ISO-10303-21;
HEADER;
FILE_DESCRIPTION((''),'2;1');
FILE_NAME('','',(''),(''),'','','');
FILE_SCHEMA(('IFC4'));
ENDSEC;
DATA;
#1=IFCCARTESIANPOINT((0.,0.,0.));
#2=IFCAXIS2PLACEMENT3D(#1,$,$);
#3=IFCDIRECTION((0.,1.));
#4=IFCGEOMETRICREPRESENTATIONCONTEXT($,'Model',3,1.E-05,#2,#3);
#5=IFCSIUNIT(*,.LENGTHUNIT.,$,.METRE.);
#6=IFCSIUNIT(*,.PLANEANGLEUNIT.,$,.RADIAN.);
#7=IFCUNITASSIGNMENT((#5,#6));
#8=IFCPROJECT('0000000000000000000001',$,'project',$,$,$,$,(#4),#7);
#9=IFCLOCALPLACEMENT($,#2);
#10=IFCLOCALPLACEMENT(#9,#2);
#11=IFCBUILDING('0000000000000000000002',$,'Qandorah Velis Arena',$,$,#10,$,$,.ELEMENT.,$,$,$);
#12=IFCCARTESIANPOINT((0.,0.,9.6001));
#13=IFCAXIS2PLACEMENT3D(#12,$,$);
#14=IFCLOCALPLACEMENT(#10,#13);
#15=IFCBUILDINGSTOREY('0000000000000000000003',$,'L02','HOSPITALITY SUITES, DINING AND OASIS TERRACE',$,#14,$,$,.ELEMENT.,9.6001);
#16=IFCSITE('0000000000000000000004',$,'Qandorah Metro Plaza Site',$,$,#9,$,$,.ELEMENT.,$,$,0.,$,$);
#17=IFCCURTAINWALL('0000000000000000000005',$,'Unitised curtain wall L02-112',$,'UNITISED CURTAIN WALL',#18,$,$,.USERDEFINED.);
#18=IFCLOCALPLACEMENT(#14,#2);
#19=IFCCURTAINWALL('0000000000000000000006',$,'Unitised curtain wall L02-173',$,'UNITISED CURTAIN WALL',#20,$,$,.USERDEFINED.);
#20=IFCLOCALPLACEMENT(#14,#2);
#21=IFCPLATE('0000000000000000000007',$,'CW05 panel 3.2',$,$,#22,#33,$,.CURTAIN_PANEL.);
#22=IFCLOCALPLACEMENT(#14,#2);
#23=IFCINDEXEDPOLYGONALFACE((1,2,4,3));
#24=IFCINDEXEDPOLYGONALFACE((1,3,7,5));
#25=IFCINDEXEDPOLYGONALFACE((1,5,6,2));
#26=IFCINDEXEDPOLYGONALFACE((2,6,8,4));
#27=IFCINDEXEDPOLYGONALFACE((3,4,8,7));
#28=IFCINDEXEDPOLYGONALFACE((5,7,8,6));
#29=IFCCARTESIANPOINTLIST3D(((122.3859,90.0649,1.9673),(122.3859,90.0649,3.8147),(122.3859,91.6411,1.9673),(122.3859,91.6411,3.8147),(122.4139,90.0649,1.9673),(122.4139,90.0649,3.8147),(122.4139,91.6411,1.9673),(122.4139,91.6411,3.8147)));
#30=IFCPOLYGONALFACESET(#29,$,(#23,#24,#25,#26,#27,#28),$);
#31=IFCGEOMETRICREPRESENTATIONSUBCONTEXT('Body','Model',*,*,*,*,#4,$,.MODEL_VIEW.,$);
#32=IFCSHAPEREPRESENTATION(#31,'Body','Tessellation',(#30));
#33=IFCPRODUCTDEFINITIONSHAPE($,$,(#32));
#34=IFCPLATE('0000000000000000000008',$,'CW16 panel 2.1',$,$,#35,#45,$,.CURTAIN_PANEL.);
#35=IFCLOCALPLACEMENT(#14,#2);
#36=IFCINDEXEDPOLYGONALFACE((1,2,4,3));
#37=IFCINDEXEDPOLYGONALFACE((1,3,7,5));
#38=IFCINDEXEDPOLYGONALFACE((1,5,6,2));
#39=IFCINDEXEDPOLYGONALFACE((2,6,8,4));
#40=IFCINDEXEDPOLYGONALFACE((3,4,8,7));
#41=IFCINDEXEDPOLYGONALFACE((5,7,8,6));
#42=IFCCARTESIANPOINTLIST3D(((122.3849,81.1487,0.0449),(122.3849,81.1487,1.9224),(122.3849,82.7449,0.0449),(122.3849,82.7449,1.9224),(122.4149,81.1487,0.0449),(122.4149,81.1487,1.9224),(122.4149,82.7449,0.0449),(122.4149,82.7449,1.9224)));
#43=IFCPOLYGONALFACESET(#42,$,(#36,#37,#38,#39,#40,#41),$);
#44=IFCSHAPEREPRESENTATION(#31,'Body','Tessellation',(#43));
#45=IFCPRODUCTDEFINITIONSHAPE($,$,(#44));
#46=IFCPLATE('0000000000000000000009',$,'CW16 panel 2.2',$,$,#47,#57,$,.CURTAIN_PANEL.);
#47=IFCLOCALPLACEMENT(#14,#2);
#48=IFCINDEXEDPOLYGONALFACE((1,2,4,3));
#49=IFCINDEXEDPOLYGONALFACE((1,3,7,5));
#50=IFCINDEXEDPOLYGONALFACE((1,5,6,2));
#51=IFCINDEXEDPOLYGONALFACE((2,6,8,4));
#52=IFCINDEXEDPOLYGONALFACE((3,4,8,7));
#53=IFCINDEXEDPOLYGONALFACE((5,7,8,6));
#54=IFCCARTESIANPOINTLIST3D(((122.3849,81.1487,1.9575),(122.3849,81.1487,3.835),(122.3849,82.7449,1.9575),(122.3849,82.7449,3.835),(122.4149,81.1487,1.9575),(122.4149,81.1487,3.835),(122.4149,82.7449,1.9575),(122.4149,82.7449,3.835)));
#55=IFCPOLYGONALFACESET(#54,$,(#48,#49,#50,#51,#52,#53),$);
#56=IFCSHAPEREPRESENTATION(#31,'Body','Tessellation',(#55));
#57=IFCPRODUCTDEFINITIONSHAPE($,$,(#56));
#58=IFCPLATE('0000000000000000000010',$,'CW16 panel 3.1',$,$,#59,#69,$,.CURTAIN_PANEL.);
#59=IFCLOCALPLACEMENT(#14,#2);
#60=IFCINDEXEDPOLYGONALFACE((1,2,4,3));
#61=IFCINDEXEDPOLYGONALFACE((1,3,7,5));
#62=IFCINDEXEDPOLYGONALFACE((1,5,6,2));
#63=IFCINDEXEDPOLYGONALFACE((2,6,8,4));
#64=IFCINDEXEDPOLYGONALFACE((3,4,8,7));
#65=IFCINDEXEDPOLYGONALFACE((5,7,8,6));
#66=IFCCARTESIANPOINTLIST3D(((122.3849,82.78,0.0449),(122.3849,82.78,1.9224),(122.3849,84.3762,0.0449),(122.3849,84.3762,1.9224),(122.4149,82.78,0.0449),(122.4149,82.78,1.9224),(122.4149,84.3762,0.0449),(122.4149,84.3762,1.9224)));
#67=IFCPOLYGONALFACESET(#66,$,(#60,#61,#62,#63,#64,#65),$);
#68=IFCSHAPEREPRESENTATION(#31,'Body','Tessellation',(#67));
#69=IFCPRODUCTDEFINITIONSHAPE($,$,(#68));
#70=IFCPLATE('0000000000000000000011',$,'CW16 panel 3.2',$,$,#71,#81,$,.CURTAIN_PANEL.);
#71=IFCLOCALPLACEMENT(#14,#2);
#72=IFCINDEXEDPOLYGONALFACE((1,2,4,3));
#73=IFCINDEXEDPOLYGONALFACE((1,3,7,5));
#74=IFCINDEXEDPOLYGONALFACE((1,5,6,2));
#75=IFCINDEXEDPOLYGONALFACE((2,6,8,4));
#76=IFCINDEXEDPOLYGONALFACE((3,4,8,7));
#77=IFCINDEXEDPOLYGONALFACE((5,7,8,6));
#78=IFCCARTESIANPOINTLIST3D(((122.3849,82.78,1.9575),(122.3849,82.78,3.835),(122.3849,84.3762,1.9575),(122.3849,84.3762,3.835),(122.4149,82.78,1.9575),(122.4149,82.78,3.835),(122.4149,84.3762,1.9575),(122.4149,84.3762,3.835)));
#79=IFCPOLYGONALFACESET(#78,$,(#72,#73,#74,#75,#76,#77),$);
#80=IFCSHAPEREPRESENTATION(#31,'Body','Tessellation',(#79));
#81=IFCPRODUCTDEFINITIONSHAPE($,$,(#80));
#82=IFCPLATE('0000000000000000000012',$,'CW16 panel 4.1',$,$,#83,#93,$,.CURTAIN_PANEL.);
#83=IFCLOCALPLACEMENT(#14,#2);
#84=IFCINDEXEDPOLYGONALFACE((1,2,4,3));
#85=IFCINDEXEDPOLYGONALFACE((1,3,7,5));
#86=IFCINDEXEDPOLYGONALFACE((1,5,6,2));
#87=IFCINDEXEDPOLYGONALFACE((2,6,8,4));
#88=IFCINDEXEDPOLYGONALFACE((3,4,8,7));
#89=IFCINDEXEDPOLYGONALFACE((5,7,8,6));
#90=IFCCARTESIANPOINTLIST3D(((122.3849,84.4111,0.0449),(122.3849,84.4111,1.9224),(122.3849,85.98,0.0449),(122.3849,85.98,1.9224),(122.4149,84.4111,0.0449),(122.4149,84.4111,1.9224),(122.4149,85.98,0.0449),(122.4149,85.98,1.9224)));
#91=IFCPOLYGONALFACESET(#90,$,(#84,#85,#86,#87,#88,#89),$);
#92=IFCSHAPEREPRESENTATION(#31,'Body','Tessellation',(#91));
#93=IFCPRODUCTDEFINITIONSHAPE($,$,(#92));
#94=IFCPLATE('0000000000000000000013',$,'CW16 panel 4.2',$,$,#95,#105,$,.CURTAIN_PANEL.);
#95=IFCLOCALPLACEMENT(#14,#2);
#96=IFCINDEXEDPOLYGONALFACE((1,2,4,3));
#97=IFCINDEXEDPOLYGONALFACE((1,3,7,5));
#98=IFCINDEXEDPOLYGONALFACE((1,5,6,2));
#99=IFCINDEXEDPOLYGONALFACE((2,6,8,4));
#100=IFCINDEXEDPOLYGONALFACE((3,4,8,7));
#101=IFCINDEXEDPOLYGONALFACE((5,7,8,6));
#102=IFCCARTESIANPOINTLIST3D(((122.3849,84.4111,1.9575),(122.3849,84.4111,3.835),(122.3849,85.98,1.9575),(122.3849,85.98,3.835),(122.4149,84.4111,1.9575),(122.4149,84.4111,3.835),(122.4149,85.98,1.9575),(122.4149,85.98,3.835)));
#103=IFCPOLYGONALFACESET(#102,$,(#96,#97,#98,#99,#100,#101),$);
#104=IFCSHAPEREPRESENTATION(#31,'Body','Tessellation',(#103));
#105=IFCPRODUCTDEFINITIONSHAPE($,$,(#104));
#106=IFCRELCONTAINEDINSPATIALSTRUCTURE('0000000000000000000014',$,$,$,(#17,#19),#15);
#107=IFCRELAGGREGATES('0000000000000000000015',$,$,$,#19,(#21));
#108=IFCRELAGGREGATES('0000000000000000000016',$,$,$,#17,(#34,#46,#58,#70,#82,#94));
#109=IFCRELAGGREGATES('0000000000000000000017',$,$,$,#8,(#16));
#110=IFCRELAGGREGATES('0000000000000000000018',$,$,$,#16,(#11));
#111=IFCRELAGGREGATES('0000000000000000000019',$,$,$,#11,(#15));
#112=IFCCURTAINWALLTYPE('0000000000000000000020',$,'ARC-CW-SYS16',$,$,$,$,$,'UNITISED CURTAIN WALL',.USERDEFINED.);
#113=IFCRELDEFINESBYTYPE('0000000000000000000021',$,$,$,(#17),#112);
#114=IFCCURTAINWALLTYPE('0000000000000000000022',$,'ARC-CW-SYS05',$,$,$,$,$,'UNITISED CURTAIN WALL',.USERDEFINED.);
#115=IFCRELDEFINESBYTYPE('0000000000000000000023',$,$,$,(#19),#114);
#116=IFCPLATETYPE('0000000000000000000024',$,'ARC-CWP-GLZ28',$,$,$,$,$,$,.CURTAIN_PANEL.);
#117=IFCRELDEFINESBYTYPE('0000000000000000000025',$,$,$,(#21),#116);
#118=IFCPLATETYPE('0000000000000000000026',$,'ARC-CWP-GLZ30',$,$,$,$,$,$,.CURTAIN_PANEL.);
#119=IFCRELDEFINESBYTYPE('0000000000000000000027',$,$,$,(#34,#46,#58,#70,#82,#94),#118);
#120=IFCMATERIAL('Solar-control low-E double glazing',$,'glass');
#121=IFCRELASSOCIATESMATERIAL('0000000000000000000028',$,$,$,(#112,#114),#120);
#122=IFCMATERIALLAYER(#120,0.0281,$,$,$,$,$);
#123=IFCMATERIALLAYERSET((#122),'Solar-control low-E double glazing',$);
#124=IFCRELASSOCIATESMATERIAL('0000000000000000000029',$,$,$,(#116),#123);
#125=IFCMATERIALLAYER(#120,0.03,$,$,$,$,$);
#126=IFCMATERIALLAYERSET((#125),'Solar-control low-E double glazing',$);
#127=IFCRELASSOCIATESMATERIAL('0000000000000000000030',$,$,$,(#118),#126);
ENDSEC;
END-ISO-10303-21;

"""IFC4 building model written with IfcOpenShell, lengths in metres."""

from ifc_helpers import new_model, si_unit, direction, frame, origin, origin_2d, place, context, subcontext, project, spatial, rectangle, extrude, material, layer, layer_set, type_object, element, aggregate, save


model = new_model("IFC4")

# Units and contexts
model_context = context("Model", 3, precision=1e-05, world=origin(), true_north=direction((0.0, 1.0)))
body_context = subcontext(model_context, "Body", "Model", "MODEL_VIEW")
ifc_project = project(units=[si_unit("LENGTHUNIT", "METRE"), si_unit("PLANEANGLEUNIT", "RADIAN")], contexts=[model_context])

# Site, building, storey
site_placement = place(None, origin())
site = spatial("IfcSite", under=ifc_project, at=site_placement, Name="Qandorah Metro Plaza Site", CompositionType="ELEMENT", RefElevation=0.0)
building_placement = place(site_placement, origin())
building = spatial("IfcBuilding", under=site, at=building_placement, Name="Qandorah Velis Arena", CompositionType="ELEMENT")
storey_placement = place(building_placement, frame((0.0, 0.0, 9.6001)))
storey = spatial("IfcBuildingStorey", under=building, at=storey_placement, Name="L02", Description="HOSPITALITY SUITES, DINING AND OASIS TERRACE", CompositionType="ELEMENT", Elevation=9.6001)

# Curtain walls
ifc_material_1 = material(Name="Solar-control low-E double glazing", Category="glass")
curtain_wall_type_1 = type_object("IfcCurtainWallType", Name="ARC-CW-SYS16", ElementType="UNITISED CURTAIN WALL", PredefinedType="USERDEFINED", material=ifc_material_1)
curtain_wall_1_placement = place(storey_placement, origin())
curtain_wall_1 = element("IfcCurtainWall", 1, at=curtain_wall_1_placement, inside=storey, type_object=curtain_wall_type_1, Name="Unitised curtain wall L02-112", ObjectType="UNITISED CURTAIN WALL", PredefinedType="USERDEFINED")
curtain_wall_type_2 = type_object("IfcCurtainWallType", Name="ARC-CW-SYS05", ElementType="UNITISED CURTAIN WALL", PredefinedType="USERDEFINED", material=ifc_material_1)
curtain_wall_2_placement = place(storey_placement, origin())
curtain_wall_2 = element("IfcCurtainWall", 2, at=curtain_wall_2_placement, inside=storey, type_object=curtain_wall_type_2, Name="Unitised curtain wall L02-173", ObjectType="UNITISED CURTAIN WALL", PredefinedType="USERDEFINED")

# Plates
ifc_layer_1 = layer(ifc_material_1, 0.0281)
ifc_layer_set_1 = layer_set([ifc_layer_1], Name="Solar-control low-E double glazing")
plate_type_1 = type_object("IfcPlateType", Name="ARC-CWP-GLZ28", PredefinedType="CURTAIN_PANEL", material=ifc_layer_set_1)
plate_1_placement = place(storey_placement, frame((122.3999, 90.853, 1.9673), z_axis=(0.0, 0.0, 1.0), x_axis=(0.0, 1.0, 0.0)))
plate_1 = element("IfcPlate", 3, at=plate_1_placement, type_object=plate_type_1, Name="CW05 panel 3.2", PredefinedType="CURTAIN_PANEL", context=body_context, shape_type="SweptSolid", body=[
    extrude(rectangle(XDim=1.5762, YDim=0.0281, at=origin_2d()), origin(), (0.0, 0.0, 1.0), 1.8474),
])
aggregate(curtain_wall_2, [plate_1])
ifc_layer_2 = layer(ifc_material_1, 0.03)
ifc_layer_set_2 = layer_set([ifc_layer_2], Name="Solar-control low-E double glazing")
plate_type_2 = type_object("IfcPlateType", Name="ARC-CWP-GLZ30", PredefinedType="CURTAIN_PANEL", material=ifc_layer_set_2)
plate_2_placement = place(storey_placement, frame((122.3999, 81.9468, 0.0449), z_axis=(0.0, 0.0, 1.0), x_axis=(0.0, 1.0, 0.0)))
plate_2 = element("IfcPlate", 4, at=plate_2_placement, type_object=plate_type_2, Name="CW16 panel 2.1", PredefinedType="CURTAIN_PANEL", context=body_context, shape_type="SweptSolid", body=[
    extrude(rectangle(XDim=1.5962, YDim=0.03, at=origin_2d()), origin(), (0.0, 0.0, 1.0), 1.8774),
])
plate_3_placement = place(storey_placement, frame((122.3999, 81.9468, 1.9575), z_axis=(0.0, 0.0, 1.0), x_axis=(0.0, 1.0, 0.0)))
plate_3 = element("IfcPlate", 5, at=plate_3_placement, type_object=plate_type_2, Name="CW16 panel 2.2", PredefinedType="CURTAIN_PANEL", context=body_context, shape_type="SweptSolid", body=[
    extrude(rectangle(XDim=1.5962, YDim=0.03, at=origin_2d()), origin(), (0.0, 0.0, 1.0), 1.8774),
])
plate_4_placement = place(storey_placement, frame((122.3999, 83.5781, 0.0449), z_axis=(0.0, 0.0, 1.0), x_axis=(0.0, 1.0, 0.0)))
plate_4 = element("IfcPlate", 6, at=plate_4_placement, type_object=plate_type_2, Name="CW16 panel 3.1", PredefinedType="CURTAIN_PANEL", context=body_context, shape_type="SweptSolid", body=[
    extrude(rectangle(XDim=1.5962, YDim=0.03, at=origin_2d()), origin(), (0.0, 0.0, 1.0), 1.8774),
])
plate_5_placement = place(storey_placement, frame((122.3999, 83.5781, 1.9575), z_axis=(0.0, 0.0, 1.0), x_axis=(0.0, 1.0, 0.0)))
plate_5 = element("IfcPlate", 7, at=plate_5_placement, type_object=plate_type_2, Name="CW16 panel 3.2", PredefinedType="CURTAIN_PANEL", context=body_context, shape_type="SweptSolid", body=[
    extrude(rectangle(XDim=1.5962, YDim=0.03, at=origin_2d()), origin(), (0.0, 0.0, 1.0), 1.8774),
])
plate_6_placement = place(storey_placement, frame((122.3999, 85.1956, 0.0449), z_axis=(0.0, 0.0, 1.0), x_axis=(0.0, 1.0, 0.0)))
plate_6 = element("IfcPlate", 8, at=plate_6_placement, type_object=plate_type_2, Name="CW16 panel 4.1", PredefinedType="CURTAIN_PANEL", context=body_context, shape_type="SweptSolid", body=[
    extrude(rectangle(XDim=1.5688, YDim=0.03, at=origin_2d()), origin(), (0.0, 0.0, 1.0), 1.8774),
])
plate_7_placement = place(storey_placement, frame((122.3999, 85.1956, 1.9575), z_axis=(0.0, 0.0, 1.0), x_axis=(0.0, 1.0, 0.0)))
plate_7 = element("IfcPlate", 9, at=plate_7_placement, type_object=plate_type_2, Name="CW16 panel 4.2", PredefinedType="CURTAIN_PANEL", context=body_context, shape_type="SweptSolid", body=[
    extrude(rectangle(XDim=1.5688, YDim=0.03, at=origin_2d()), origin(), (0.0, 0.0, 1.0), 1.8774),
])
aggregate(curtain_wall_1, [plate_2, plate_3, plate_4, plate_5, plate_6, plate_7])

save(model, "model.ifc")
